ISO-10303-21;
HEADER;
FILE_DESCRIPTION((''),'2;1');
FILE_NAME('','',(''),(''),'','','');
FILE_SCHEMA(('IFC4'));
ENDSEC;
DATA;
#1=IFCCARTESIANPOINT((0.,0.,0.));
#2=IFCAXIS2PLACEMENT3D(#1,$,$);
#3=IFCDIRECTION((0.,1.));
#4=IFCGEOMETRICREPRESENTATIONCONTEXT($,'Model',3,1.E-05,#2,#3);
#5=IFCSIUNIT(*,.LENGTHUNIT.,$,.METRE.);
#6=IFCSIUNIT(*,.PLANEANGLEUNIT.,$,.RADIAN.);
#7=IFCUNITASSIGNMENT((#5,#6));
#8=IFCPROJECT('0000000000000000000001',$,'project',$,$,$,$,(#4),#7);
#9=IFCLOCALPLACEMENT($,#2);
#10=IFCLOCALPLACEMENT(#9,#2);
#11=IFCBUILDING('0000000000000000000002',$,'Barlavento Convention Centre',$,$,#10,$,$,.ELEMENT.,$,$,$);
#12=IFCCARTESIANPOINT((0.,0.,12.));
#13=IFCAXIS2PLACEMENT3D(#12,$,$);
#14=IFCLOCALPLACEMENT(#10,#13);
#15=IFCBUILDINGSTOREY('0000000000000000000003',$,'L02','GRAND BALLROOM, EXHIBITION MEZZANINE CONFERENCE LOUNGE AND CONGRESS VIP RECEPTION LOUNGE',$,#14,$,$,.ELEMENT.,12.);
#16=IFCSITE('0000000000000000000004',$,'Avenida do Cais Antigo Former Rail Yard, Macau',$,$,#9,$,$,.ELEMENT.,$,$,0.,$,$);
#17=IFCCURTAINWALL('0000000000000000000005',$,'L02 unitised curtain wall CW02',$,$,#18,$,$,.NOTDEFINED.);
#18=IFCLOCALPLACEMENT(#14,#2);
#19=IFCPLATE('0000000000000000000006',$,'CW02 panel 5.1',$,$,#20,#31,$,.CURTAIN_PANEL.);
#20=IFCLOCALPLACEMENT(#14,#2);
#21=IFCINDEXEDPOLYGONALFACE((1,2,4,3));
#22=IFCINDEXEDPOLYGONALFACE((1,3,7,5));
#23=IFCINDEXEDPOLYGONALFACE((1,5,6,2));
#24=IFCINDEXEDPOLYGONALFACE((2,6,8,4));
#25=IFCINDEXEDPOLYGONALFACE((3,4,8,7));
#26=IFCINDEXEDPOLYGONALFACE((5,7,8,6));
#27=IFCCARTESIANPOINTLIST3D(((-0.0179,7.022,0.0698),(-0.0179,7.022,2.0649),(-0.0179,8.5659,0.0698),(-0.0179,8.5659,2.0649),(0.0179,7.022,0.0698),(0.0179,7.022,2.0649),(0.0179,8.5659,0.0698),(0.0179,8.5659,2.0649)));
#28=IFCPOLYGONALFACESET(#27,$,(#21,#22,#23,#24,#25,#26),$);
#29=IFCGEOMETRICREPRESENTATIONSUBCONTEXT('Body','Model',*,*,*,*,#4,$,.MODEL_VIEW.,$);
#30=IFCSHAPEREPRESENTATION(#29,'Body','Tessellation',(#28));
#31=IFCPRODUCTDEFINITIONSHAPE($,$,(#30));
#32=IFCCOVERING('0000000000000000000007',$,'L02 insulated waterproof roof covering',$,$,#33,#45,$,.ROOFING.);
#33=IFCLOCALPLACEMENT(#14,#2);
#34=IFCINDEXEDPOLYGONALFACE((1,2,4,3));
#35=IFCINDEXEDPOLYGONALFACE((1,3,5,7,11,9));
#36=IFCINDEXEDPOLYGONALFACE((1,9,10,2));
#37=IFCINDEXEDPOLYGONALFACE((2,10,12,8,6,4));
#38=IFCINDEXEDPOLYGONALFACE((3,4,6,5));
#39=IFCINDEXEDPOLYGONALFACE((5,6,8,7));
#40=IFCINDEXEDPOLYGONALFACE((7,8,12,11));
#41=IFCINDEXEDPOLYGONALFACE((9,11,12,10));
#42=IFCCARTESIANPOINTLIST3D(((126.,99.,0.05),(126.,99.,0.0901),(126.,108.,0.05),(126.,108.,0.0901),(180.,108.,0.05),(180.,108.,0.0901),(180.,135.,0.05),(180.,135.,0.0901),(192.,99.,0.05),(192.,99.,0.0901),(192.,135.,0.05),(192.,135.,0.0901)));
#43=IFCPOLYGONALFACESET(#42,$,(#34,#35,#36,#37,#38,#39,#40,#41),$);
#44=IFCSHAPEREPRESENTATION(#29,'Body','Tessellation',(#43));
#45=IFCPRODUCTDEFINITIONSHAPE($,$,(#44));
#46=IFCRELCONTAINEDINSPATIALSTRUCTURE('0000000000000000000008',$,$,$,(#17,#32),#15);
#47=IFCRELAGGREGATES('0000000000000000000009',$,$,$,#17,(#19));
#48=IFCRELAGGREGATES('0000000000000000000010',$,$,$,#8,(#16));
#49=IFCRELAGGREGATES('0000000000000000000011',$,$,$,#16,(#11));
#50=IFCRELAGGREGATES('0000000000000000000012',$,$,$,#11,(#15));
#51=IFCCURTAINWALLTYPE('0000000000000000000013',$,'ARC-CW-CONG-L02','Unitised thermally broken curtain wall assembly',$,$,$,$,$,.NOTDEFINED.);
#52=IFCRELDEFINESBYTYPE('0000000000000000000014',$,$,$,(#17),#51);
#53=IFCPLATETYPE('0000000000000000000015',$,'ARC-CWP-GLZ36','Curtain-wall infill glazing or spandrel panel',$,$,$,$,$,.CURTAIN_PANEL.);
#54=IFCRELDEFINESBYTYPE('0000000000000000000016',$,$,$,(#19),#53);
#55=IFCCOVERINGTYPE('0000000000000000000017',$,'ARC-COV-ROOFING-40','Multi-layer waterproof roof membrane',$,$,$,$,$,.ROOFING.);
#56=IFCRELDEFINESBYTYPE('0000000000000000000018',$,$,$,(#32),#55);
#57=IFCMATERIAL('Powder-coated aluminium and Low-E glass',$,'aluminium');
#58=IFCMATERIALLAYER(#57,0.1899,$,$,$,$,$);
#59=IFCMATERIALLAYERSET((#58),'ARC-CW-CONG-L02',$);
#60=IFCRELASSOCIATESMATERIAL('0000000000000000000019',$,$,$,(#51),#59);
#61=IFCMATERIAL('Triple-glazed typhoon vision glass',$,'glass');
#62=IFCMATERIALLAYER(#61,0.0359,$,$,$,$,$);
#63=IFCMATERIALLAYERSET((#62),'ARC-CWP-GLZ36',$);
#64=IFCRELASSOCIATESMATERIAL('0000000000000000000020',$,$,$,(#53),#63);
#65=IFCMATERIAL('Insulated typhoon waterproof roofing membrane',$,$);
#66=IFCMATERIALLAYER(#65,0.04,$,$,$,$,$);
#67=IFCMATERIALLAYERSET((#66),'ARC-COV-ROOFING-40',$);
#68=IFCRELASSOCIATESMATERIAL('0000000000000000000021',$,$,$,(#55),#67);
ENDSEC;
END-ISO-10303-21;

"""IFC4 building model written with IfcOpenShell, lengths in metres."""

from ifc_helpers import new_model, si_unit, direction, frame, origin, origin_2d, place, context, subcontext, project, spatial, polyline, rectangle, outline, extrude, material, layer, layer_set, type_object, element, aggregate, save


model = new_model("IFC4")

# Units and contexts
model_context = context("Model", 3, precision=1e-05, world=origin(), true_north=direction((0.0, 1.0)))
body_context = subcontext(model_context, "Body", "Model", "MODEL_VIEW")
ifc_project = project(units=[si_unit("LENGTHUNIT", "METRE"), si_unit("PLANEANGLEUNIT", "RADIAN")], contexts=[model_context])

# Site, building, storey
site_placement = place(None, origin())
site = spatial("IfcSite", under=ifc_project, at=site_placement, Name="Avenida do Cais Antigo Former Rail Yard, Macau", CompositionType="ELEMENT", RefElevation=0.0)
building_placement = place(site_placement, origin())
building = spatial("IfcBuilding", under=site, at=building_placement, Name="Barlavento Convention Centre", CompositionType="ELEMENT")
storey_placement = place(building_placement, frame((0.0, 0.0, 12.0)))
storey = spatial("IfcBuildingStorey", under=building, at=storey_placement, Name="L02", Description="GRAND BALLROOM, EXHIBITION MEZZANINE CONFERENCE LOUNGE AND CONGRESS VIP RECEPTION LOUNGE", CompositionType="ELEMENT", Elevation=12.0)

# Curtain wall
ifc_material_1 = material(Name="Powder-coated aluminium and Low-E glass", Category="aluminium")
ifc_layer_1 = layer(ifc_material_1, 0.1899)
ifc_layer_set_1 = layer_set([ifc_layer_1], Name="ARC-CW-CONG-L02")
curtain_wall_type = type_object("IfcCurtainWallType", Name="ARC-CW-CONG-L02", Description="Unitised thermally broken curtain wall assembly", PredefinedType="NOTDEFINED", material=ifc_layer_set_1)
curtain_wall_1_placement = place(storey_placement, origin())
curtain_wall_1 = element("IfcCurtainWall", 1, at=curtain_wall_1_placement, inside=storey, type_object=curtain_wall_type, Name="L02 unitised curtain wall CW02", PredefinedType="NOTDEFINED")

# Plate
ifc_material_2 = material(Name="Triple-glazed typhoon vision glass", Category="glass")
ifc_layer_2 = layer(ifc_material_2, 0.0359)
ifc_layer_set_2 = layer_set([ifc_layer_2], Name="ARC-CWP-GLZ36")
plate_type = type_object("IfcPlateType", Name="ARC-CWP-GLZ36", Description="Curtain-wall infill glazing or spandrel panel", PredefinedType="CURTAIN_PANEL", material=ifc_layer_set_2)
plate_1_placement = place(storey_placement, frame((0.0, 7.7939, 0.0698), z_axis=(0.0, 0.0, 1.0), x_axis=(0.0, 1.0, 0.0)))
plate_1 = element("IfcPlate", 2, at=plate_1_placement, type_object=plate_type, Name="CW02 panel 5.1", PredefinedType="CURTAIN_PANEL", context=body_context, shape_type="SweptSolid", body=[
    extrude(rectangle(XDim=1.5439, YDim=0.0359, at=origin_2d()), origin(), (0.0, 0.0, 1.0), 1.9951),
])
aggregate(curtain_wall_1, [plate_1])

# Covering
ifc_material_3 = material(Name="Insulated typhoon waterproof roofing membrane")
ifc_layer_3 = layer(ifc_material_3, 0.04)
ifc_layer_set_3 = layer_set([ifc_layer_3], Name="ARC-COV-ROOFING-40")
covering_type = type_object("IfcCoveringType", Name="ARC-COV-ROOFING-40", Description="Multi-layer waterproof roof membrane", PredefinedType="ROOFING", material=ifc_layer_set_3)
covering_placement = place(storey_placement, frame((0.0, 0.0, 0.05)))
element("IfcCovering", 3, at=covering_placement, inside=storey, type_object=covering_type, Name="L02 insulated waterproof roof covering", PredefinedType="ROOFING", context=body_context, shape_type="SweptSolid", body=[
    extrude(outline(polyline([(126.0, 99.0), (192.0, 99.0), (192.0, 135.0), (180.0, 135.0), (180.0, 108.0), (126.0, 108.0), (126.0, 99.0)])), origin(), (0.0, 0.0, 1.0), 0.04),
])

save(model, "model.ifc")
